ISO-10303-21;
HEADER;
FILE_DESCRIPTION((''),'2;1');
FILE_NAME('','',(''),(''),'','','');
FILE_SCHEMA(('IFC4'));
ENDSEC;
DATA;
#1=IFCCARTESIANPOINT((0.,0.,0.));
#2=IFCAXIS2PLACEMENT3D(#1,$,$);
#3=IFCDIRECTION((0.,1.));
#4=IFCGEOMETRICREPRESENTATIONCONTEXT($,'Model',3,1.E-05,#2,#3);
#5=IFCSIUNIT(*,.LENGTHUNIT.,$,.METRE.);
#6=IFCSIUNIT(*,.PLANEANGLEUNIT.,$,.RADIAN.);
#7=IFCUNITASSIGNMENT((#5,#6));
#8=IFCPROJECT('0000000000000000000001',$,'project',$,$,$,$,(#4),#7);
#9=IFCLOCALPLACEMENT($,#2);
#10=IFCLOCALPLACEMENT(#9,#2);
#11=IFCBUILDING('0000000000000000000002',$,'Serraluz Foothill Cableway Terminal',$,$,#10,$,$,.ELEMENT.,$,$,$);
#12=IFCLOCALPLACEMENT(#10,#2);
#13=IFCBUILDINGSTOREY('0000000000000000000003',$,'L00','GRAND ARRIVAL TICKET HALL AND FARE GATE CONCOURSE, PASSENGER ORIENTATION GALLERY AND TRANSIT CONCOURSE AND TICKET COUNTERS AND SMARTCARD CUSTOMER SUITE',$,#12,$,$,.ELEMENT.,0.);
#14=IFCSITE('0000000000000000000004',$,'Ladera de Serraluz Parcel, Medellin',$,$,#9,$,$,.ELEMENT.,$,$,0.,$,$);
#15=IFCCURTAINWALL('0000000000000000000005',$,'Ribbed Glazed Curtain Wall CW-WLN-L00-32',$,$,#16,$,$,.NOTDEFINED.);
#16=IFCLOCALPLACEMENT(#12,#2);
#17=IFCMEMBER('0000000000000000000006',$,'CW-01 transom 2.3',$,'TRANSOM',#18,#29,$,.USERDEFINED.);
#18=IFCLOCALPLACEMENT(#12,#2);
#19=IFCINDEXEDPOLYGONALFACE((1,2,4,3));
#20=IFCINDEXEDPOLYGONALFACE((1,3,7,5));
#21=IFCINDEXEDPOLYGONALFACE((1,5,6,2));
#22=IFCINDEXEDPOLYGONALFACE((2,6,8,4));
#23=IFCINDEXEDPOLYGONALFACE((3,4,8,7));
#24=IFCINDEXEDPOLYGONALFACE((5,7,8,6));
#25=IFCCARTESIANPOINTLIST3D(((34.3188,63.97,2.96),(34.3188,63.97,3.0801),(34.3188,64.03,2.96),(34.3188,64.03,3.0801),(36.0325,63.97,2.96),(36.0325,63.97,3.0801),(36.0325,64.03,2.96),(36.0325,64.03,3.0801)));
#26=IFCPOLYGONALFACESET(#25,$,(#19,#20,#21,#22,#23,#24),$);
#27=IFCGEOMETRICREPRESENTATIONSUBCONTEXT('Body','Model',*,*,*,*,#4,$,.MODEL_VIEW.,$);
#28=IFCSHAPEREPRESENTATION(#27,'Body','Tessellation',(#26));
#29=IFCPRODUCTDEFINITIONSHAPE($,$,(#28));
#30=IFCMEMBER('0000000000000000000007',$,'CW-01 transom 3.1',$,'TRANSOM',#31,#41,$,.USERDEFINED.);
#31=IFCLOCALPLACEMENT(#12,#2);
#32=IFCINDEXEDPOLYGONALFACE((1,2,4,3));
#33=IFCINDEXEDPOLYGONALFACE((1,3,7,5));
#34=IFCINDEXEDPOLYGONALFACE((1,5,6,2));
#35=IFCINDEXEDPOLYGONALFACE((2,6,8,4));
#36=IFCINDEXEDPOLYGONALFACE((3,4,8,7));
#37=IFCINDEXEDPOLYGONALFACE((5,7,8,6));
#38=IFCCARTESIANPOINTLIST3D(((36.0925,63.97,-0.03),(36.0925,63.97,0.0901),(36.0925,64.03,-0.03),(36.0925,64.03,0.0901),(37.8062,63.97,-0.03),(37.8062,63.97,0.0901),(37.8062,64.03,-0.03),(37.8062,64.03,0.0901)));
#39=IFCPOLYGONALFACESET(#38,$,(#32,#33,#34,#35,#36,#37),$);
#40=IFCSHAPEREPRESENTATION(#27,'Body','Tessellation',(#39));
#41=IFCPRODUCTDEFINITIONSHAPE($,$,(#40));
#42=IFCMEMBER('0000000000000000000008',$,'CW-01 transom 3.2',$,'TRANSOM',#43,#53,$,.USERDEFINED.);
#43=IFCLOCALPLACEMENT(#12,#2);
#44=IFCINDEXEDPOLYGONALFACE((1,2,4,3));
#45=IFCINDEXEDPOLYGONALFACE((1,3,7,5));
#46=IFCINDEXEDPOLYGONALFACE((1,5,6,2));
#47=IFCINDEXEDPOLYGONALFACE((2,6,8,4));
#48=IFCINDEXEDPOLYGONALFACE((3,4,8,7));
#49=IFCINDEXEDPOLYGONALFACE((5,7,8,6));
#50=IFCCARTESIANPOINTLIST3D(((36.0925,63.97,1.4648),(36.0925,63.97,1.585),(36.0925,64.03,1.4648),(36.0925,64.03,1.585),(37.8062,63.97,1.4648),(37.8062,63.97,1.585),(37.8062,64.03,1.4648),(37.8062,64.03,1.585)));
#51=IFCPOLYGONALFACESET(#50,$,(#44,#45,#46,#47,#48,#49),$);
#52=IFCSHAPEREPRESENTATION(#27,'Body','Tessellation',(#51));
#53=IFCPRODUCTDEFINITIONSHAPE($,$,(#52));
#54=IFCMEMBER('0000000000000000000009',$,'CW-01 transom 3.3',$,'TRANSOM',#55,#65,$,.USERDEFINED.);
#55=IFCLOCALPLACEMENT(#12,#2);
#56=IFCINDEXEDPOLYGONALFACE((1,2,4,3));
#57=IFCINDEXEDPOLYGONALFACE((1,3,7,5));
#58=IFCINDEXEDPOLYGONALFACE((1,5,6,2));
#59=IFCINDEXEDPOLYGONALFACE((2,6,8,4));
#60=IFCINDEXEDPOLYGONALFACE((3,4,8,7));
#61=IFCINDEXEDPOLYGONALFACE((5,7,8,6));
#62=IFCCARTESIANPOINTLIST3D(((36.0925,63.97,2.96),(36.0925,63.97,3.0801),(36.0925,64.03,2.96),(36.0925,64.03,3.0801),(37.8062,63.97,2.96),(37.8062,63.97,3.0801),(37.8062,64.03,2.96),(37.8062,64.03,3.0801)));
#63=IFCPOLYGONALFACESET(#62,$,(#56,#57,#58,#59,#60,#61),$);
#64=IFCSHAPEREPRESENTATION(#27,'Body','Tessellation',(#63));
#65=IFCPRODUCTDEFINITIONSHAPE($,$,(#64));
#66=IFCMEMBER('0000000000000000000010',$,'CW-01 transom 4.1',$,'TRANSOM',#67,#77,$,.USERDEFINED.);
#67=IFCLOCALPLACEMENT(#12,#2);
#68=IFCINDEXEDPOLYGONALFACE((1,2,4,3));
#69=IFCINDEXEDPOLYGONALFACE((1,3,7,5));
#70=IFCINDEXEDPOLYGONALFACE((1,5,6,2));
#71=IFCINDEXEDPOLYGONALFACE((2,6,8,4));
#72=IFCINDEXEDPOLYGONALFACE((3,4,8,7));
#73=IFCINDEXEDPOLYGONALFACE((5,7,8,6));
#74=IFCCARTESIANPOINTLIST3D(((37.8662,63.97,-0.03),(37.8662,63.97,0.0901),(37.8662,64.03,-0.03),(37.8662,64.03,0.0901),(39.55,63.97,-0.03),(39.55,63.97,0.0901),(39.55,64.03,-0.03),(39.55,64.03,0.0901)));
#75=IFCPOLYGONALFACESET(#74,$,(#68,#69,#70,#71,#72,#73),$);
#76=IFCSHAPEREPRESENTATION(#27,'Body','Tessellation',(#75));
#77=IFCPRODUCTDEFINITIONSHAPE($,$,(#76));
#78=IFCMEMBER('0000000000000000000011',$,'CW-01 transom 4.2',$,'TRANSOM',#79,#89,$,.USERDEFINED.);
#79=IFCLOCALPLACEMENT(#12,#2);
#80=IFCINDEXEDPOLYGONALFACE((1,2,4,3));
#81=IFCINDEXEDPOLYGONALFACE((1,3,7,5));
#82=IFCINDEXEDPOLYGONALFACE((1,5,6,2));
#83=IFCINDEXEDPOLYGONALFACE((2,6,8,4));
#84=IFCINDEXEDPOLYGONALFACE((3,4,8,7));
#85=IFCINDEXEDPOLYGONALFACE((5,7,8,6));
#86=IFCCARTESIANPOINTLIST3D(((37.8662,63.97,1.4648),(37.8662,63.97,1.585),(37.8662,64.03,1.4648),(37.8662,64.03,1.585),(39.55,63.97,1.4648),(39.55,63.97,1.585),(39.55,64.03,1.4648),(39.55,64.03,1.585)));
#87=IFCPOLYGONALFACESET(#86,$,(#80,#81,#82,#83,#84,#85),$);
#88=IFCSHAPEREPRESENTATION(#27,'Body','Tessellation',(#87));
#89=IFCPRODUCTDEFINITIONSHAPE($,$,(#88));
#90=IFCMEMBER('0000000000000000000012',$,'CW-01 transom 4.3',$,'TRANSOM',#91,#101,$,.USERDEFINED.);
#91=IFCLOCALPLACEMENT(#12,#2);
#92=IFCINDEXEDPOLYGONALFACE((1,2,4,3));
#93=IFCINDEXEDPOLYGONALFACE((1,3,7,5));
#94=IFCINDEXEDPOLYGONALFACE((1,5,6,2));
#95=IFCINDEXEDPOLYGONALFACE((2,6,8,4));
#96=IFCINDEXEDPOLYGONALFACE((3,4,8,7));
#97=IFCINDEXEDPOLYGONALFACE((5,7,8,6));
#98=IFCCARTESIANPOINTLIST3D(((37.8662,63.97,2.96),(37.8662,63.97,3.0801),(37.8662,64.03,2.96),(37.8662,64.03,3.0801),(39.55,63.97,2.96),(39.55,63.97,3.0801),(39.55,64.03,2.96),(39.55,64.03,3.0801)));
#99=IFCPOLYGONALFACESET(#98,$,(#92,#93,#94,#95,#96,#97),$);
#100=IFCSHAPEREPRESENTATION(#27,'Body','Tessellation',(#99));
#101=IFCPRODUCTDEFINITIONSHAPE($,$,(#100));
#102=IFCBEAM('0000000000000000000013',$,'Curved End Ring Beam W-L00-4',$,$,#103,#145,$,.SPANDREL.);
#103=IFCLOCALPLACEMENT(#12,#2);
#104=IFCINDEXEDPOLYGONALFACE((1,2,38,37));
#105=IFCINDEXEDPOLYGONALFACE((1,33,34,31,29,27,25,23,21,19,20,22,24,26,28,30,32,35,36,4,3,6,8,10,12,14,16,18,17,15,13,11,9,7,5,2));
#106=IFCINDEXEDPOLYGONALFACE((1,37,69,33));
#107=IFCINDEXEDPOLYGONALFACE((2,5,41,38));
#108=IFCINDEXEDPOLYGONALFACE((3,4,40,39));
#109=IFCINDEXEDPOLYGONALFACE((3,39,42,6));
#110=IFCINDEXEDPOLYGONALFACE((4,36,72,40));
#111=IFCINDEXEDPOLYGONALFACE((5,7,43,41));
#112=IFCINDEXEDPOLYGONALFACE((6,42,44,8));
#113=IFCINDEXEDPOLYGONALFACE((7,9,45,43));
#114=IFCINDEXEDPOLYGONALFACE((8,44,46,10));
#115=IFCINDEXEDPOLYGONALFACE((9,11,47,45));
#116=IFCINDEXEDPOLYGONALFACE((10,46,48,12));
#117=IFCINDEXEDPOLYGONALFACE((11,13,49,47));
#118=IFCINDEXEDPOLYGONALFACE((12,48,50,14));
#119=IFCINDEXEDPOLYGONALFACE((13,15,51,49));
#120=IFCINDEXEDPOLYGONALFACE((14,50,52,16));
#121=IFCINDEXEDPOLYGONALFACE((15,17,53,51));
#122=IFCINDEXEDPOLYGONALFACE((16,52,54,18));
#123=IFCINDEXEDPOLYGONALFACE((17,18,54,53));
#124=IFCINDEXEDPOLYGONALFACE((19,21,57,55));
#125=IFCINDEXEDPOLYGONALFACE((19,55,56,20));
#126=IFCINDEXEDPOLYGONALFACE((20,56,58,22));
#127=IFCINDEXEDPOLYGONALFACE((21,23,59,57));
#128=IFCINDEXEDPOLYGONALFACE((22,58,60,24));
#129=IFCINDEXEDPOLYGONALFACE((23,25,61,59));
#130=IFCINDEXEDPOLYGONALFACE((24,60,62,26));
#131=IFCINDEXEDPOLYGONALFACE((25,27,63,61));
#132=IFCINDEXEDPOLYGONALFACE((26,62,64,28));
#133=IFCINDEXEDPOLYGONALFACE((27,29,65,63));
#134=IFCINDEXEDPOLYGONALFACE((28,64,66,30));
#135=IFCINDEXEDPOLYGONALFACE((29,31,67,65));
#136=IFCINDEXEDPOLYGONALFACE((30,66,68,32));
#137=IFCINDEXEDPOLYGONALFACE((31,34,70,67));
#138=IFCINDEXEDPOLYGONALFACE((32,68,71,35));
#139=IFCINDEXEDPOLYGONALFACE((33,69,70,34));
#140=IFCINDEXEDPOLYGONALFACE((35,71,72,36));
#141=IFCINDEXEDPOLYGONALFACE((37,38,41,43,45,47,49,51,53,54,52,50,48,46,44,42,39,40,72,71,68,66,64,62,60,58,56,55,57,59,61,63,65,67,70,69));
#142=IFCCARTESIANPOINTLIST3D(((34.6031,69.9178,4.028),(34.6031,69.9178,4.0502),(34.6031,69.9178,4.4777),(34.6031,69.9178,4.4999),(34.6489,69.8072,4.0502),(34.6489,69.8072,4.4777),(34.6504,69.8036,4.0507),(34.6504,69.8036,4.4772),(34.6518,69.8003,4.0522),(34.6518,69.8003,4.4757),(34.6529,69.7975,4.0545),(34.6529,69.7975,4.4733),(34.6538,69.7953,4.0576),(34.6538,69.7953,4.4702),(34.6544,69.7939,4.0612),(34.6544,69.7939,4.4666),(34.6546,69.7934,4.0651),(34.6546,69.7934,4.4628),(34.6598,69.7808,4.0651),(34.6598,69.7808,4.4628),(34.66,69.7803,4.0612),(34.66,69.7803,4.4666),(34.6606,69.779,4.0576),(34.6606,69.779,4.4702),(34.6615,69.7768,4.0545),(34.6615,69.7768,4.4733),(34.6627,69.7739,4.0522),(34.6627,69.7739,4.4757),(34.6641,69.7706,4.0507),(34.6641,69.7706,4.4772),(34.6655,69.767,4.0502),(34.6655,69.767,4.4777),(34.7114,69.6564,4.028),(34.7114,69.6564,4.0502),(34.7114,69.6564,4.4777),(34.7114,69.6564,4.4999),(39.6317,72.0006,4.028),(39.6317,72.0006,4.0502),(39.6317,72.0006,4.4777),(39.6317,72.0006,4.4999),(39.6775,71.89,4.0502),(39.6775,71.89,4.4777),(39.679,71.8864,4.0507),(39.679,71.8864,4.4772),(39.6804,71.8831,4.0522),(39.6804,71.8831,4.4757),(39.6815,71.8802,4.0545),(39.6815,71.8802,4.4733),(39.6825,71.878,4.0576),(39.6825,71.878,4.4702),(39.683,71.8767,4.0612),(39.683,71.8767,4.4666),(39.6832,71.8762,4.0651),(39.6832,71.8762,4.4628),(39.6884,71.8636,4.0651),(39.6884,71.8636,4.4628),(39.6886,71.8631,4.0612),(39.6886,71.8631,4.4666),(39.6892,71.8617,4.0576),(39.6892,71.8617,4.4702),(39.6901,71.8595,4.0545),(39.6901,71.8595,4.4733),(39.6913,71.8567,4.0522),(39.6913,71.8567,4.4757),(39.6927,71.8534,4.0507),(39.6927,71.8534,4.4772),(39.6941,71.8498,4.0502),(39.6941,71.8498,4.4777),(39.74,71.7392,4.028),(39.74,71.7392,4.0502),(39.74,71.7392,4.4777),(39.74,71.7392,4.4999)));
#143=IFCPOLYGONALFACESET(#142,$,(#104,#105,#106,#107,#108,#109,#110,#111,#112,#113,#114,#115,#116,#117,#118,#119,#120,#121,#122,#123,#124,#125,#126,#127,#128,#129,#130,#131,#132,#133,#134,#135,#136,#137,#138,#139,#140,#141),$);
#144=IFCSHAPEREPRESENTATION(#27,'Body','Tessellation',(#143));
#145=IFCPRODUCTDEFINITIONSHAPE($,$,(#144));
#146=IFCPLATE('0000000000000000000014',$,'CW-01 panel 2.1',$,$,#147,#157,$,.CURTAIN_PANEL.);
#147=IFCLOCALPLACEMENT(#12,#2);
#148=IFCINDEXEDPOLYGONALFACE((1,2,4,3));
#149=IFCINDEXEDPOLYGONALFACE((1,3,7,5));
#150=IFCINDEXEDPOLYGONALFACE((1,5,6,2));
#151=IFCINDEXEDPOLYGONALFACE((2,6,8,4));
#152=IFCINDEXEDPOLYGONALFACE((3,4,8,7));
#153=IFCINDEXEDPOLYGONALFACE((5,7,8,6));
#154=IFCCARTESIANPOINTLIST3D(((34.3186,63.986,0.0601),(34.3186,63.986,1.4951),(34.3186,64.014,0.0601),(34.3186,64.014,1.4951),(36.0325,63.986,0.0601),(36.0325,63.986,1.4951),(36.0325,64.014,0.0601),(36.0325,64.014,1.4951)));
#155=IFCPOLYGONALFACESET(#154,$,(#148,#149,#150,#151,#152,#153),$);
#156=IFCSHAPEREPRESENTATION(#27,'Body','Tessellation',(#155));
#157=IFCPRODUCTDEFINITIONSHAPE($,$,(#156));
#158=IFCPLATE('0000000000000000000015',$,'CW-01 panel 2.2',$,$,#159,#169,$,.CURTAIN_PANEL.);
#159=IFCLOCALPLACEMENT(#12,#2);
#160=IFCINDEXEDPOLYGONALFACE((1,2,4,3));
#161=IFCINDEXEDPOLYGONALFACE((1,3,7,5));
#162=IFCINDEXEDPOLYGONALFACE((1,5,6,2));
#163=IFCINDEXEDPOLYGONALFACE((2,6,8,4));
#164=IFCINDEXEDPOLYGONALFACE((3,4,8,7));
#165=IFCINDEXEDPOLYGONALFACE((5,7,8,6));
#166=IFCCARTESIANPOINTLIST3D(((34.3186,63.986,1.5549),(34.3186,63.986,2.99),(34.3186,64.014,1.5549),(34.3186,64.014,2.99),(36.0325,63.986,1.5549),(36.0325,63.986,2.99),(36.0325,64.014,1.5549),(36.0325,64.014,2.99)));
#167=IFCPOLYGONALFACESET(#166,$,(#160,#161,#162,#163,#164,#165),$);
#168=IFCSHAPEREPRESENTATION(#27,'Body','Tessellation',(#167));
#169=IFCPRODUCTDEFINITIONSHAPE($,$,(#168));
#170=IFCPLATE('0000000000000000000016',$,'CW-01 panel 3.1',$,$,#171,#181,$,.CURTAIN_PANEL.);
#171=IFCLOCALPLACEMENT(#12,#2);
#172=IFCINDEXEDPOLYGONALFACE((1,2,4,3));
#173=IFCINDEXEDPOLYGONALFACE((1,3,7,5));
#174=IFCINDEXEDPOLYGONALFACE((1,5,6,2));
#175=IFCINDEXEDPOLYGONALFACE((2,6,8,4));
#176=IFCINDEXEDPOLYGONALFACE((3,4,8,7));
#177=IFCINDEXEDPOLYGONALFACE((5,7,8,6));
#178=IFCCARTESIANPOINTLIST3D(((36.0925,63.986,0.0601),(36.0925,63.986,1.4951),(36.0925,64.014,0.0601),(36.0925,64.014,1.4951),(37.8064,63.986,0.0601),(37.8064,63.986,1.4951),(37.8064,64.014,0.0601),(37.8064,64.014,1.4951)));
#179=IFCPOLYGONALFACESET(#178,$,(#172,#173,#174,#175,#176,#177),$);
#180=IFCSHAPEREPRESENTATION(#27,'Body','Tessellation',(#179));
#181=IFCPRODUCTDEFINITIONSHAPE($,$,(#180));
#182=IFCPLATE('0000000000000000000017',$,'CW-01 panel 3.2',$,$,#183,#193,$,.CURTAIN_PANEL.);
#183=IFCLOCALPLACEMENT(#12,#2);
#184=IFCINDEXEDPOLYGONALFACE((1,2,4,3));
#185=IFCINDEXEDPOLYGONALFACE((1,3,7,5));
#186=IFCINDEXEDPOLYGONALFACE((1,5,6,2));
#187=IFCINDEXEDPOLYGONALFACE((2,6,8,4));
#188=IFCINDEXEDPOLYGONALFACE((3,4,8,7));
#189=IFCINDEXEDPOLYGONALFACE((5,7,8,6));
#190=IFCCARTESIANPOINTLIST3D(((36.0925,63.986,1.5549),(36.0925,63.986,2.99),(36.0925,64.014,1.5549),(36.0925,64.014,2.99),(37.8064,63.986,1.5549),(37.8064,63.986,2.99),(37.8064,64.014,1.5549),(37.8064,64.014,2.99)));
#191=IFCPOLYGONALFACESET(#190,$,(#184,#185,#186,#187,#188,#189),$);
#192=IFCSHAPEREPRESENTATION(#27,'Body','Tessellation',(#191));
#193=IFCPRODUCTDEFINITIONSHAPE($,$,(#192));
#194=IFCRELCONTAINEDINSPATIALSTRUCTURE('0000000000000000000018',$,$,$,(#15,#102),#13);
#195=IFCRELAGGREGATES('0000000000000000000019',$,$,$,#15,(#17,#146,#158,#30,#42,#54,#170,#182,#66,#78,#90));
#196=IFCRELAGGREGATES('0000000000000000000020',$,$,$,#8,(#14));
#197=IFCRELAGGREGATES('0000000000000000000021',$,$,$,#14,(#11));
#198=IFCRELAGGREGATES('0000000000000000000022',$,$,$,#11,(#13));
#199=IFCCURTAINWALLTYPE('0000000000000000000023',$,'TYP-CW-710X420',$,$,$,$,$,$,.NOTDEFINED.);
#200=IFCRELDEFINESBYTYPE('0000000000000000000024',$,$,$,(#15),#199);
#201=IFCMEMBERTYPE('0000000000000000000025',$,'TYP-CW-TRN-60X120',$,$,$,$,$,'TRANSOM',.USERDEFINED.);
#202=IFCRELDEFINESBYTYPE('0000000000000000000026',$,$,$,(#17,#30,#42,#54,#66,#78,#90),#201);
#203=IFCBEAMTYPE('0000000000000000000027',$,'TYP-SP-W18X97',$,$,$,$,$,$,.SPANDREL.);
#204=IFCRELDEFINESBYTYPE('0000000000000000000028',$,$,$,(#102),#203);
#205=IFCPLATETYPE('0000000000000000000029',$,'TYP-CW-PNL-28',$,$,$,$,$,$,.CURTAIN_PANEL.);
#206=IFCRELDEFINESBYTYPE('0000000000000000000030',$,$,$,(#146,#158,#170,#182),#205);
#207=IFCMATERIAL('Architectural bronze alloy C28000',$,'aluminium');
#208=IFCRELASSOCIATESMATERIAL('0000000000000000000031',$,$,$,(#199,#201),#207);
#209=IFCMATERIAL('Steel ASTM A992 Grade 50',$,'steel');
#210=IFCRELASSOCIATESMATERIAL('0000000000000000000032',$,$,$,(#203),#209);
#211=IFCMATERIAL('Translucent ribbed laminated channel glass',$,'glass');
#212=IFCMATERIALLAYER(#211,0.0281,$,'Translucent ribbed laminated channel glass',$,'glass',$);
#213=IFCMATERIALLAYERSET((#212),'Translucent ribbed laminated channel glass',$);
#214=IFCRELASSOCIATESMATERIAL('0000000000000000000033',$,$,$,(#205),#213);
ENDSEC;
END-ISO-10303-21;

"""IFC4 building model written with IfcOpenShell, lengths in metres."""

from ifc_helpers import new_model, si_unit, direction, frame, origin, origin_2d, place, context, subcontext, project, spatial, rectangle, i_section, extrude, material, layer, layer_set, material_profile, profile_set, type_object, element, aggregate, save


model = new_model("IFC4")

# Units and contexts
model_context = context("Model", 3, precision=1e-05, world=origin(), true_north=direction((0.0, 1.0)))
body_context = subcontext(model_context, "Body", "Model", "MODEL_VIEW")
ifc_project = project(units=[si_unit("LENGTHUNIT", "METRE"), si_unit("PLANEANGLEUNIT", "RADIAN")], contexts=[model_context])

# Site, building, storey
site_placement = place(None, origin())
site = spatial("IfcSite", under=ifc_project, at=site_placement, Name="Ladera de Serraluz Parcel, Medellin", CompositionType="ELEMENT", RefElevation=0.0)
building_placement = place(site_placement, origin())
building = spatial("IfcBuilding", under=site, at=building_placement, Name="Serraluz Foothill Cableway Terminal", CompositionType="ELEMENT")
storey_placement = place(building_placement, origin())
storey = spatial("IfcBuildingStorey", under=building, at=storey_placement, Name="L00", Description="GRAND ARRIVAL TICKET HALL AND FARE GATE CONCOURSE, PASSENGER ORIENTATION GALLERY AND TRANSIT CONCOURSE AND TICKET COUNTERS AND SMARTCARD CUSTOMER SUITE", CompositionType="ELEMENT", Elevation=0.0)

# Curtain wall, members
ifc_material_1 = material(Name="Architectural bronze alloy C28000", Category="aluminium")
curtain_wall_type = type_object("IfcCurtainWallType", Name="TYP-CW-710X420", PredefinedType="NOTDEFINED", material=ifc_material_1)
curtain_wall_placement = place(storey_placement, origin())
curtain_wall = element("IfcCurtainWall", 1, at=curtain_wall_placement, inside=storey, type_object=curtain_wall_type, Name="Ribbed Glazed Curtain Wall CW-WLN-L00-32", PredefinedType="NOTDEFINED")
ifc_material_profile_1 = material_profile(ifc_material_1, rectangle(XDim=0.0601, YDim=0.1201, at=origin_2d()), Name="ALU TRANSOM 60x120")
ifc_profile_set_1 = profile_set([ifc_material_profile_1], Name="Architectural bronze alloy C28000")
member_type_1 = type_object("IfcMemberType", Name="TYP-CW-TRN-60X120", ElementType="TRANSOM", PredefinedType="USERDEFINED", material=ifc_profile_set_1)
member_1_placement = place(storey_placement, frame((34.3188, 64.0, 3.02), z_axis=(1.0, 0.0, 0.0), x_axis=(0.0, 1.0, 0.0)))
member_1 = element("IfcMember", 2, at=member_1_placement, type_object=member_type_1, Name="CW-01 transom 2.3", ObjectType="TRANSOM", PredefinedType="USERDEFINED", context=body_context, shape_type="SweptSolid", body=[
    extrude(rectangle(XDim=0.0601, YDim=0.1201, at=origin_2d()), origin(), (0.0, 0.0, 1.0), 1.7136),
])
member_2_placement = place(storey_placement, frame((36.0925, 64.0, 0.03), z_axis=(1.0, 0.0, 0.0), x_axis=(0.0, 1.0, 0.0)))
member_2 = element("IfcMember", 3, at=member_2_placement, type_object=member_type_1, Name="CW-01 transom 3.1", ObjectType="TRANSOM", PredefinedType="USERDEFINED", context=body_context, shape_type="SweptSolid", body=[
    extrude(rectangle(XDim=0.0601, YDim=0.1201, at=origin_2d()), origin(), (0.0, 0.0, 1.0), 1.7136),
])
member_3_placement = place(storey_placement, frame((36.0925, 64.0, 1.5249), z_axis=(1.0, 0.0, 0.0), x_axis=(0.0, 1.0, 0.0)))
member_3 = element("IfcMember", 4, at=member_3_placement, type_object=member_type_1, Name="CW-01 transom 3.2", ObjectType="TRANSOM", PredefinedType="USERDEFINED", context=body_context, shape_type="SweptSolid", body=[
    extrude(rectangle(XDim=0.0601, YDim=0.1201, at=origin_2d()), origin(), (0.0, 0.0, 1.0), 1.7136),
])
member_4_placement = place(storey_placement, frame((36.0925, 64.0, 3.02), z_axis=(1.0, 0.0, 0.0), x_axis=(0.0, 1.0, 0.0)))
member_4 = element("IfcMember", 5, at=member_4_placement, type_object=member_type_1, Name="CW-01 transom 3.3", ObjectType="TRANSOM", PredefinedType="USERDEFINED", context=body_context, shape_type="SweptSolid", body=[
    extrude(rectangle(XDim=0.0601, YDim=0.1201, at=origin_2d()), origin(), (0.0, 0.0, 1.0), 1.7136),
])
member_5_placement = place(storey_placement, frame((37.8662, 64.0, 0.03), z_axis=(1.0, 0.0, 0.0), x_axis=(0.0, 1.0, 0.0)))
member_5 = element("IfcMember", 6, at=member_5_placement, type_object=member_type_1, Name="CW-01 transom 4.1", ObjectType="TRANSOM", PredefinedType="USERDEFINED", context=body_context, shape_type="SweptSolid", body=[
    extrude(rectangle(XDim=0.0601, YDim=0.1201, at=origin_2d()), origin(), (0.0, 0.0, 1.0), 1.6838),
])
member_6_placement = place(storey_placement, frame((37.8662, 64.0, 1.5249), z_axis=(1.0, 0.0, 0.0), x_axis=(0.0, 1.0, 0.0)))
member_6 = element("IfcMember", 7, at=member_6_placement, type_object=member_type_1, Name="CW-01 transom 4.2", ObjectType="TRANSOM", PredefinedType="USERDEFINED", context=body_context, shape_type="SweptSolid", body=[
    extrude(rectangle(XDim=0.0601, YDim=0.1201, at=origin_2d()), origin(), (0.0, 0.0, 1.0), 1.6838),
])
member_7_placement = place(storey_placement, frame((37.8662, 64.0, 3.02), z_axis=(1.0, 0.0, 0.0), x_axis=(0.0, 1.0, 0.0)))
member_7 = element("IfcMember", 8, at=member_7_placement, type_object=member_type_1, Name="CW-01 transom 4.3", ObjectType="TRANSOM", PredefinedType="USERDEFINED", context=body_context, shape_type="SweptSolid", body=[
    extrude(rectangle(XDim=0.0601, YDim=0.1201, at=origin_2d()), origin(), (0.0, 0.0, 1.0), 1.6838),
])

# Beam
ifc_material_2 = material(Name="Steel ASTM A992 Grade 50", Category="steel")
ifc_material_profile_2 = material_profile(ifc_material_2, i_section(OverallWidth=0.283, OverallDepth=0.4719, WebThickness=0.0137, FlangeThickness=0.0222, FilletRadius=0.0149, at=origin_2d()), Name="W18X97")
ifc_profile_set_2 = profile_set([ifc_material_profile_2], Name="Steel ASTM A992 Grade 50")
beam_type = type_object("IfcBeamType", Name="TYP-SP-W18X97", PredefinedType="SPANDREL", material=ifc_profile_set_2)
beam_placement = place(storey_placement, frame((34.6572, 69.7871, 4.2639), z_axis=(0.923888, 0.382662, 0.0), x_axis=(-0.382662, 0.923888, 0.0)))
element("IfcBeam", 9, at=beam_placement, inside=storey, type_object=beam_type, Name="Curved End Ring Beam W-L00-4", PredefinedType="SPANDREL", context=body_context, shape_type="SweptSolid", body=[
    extrude(i_section(OverallWidth=0.283, OverallDepth=0.4719, WebThickness=0.0137, FlangeThickness=0.0222, FilletRadius=0.0149, at=origin_2d()), origin(), (0.0, 0.0, 1.0), 5.4429),
])

# Plates
ifc_material_3 = material(Name="Translucent ribbed laminated channel glass", Category="glass")
ifc_layer = layer(ifc_material_3, 0.0281, Name="Translucent ribbed laminated channel glass", Category="glass")
ifc_layer_set = layer_set([ifc_layer], Name="Translucent ribbed laminated channel glass")
plate_type = type_object("IfcPlateType", Name="TYP-CW-PNL-28", PredefinedType="CURTAIN_PANEL", material=ifc_layer_set)
plate_1_placement = place(storey_placement, frame((35.1755, 64.0, 0.0601), z_axis=(0.0, 0.0, 1.0), x_axis=(1.0, 0.0, 0.0)))
plate_1 = element("IfcPlate", 10, at=plate_1_placement, type_object=plate_type, Name="CW-01 panel 2.1", PredefinedType="CURTAIN_PANEL", context=body_context, shape_type="SweptSolid", body=[
    extrude(rectangle(XDim=1.7139, YDim=0.0281, at=origin_2d()), origin(), (0.0, 0.0, 1.0), 1.4351),
])
plate_2_placement = place(storey_placement, frame((35.1755, 64.0, 1.5549), z_axis=(0.0, 0.0, 1.0), x_axis=(1.0, 0.0, 0.0)))
plate_2 = element("IfcPlate", 11, at=plate_2_placement, type_object=plate_type, Name="CW-01 panel 2.2", PredefinedType="CURTAIN_PANEL", context=body_context, shape_type="SweptSolid", body=[
    extrude(rectangle(XDim=1.7139, YDim=0.0281, at=origin_2d()), origin(), (0.0, 0.0, 1.0), 1.4351),
])
plate_3_placement = place(storey_placement, frame((36.9495, 64.0, 0.0601), z_axis=(0.0, 0.0, 1.0), x_axis=(1.0, 0.0, 0.0)))
plate_3 = element("IfcPlate", 12, at=plate_3_placement, type_object=plate_type, Name="CW-01 panel 3.1", PredefinedType="CURTAIN_PANEL", context=body_context, shape_type="SweptSolid", body=[
    extrude(rectangle(XDim=1.7139, YDim=0.0281, at=origin_2d()), origin(), (0.0, 0.0, 1.0), 1.4351),
])
plate_4_placement = place(storey_placement, frame((36.9495, 64.0, 1.5549), z_axis=(0.0, 0.0, 1.0), x_axis=(1.0, 0.0, 0.0)))
plate_4 = element("IfcPlate", 13, at=plate_4_placement, type_object=plate_type, Name="CW-01 panel 3.2", PredefinedType="CURTAIN_PANEL", context=body_context, shape_type="SweptSolid", body=[
    extrude(rectangle(XDim=1.7139, YDim=0.0281, at=origin_2d()), origin(), (0.0, 0.0, 1.0), 1.4351),
])
aggregate(curtain_wall, [member_1, plate_1, plate_2, member_2, member_3, member_4, plate_3, plate_4, member_5, member_6, member_7])

save(model, "model.ifc")
